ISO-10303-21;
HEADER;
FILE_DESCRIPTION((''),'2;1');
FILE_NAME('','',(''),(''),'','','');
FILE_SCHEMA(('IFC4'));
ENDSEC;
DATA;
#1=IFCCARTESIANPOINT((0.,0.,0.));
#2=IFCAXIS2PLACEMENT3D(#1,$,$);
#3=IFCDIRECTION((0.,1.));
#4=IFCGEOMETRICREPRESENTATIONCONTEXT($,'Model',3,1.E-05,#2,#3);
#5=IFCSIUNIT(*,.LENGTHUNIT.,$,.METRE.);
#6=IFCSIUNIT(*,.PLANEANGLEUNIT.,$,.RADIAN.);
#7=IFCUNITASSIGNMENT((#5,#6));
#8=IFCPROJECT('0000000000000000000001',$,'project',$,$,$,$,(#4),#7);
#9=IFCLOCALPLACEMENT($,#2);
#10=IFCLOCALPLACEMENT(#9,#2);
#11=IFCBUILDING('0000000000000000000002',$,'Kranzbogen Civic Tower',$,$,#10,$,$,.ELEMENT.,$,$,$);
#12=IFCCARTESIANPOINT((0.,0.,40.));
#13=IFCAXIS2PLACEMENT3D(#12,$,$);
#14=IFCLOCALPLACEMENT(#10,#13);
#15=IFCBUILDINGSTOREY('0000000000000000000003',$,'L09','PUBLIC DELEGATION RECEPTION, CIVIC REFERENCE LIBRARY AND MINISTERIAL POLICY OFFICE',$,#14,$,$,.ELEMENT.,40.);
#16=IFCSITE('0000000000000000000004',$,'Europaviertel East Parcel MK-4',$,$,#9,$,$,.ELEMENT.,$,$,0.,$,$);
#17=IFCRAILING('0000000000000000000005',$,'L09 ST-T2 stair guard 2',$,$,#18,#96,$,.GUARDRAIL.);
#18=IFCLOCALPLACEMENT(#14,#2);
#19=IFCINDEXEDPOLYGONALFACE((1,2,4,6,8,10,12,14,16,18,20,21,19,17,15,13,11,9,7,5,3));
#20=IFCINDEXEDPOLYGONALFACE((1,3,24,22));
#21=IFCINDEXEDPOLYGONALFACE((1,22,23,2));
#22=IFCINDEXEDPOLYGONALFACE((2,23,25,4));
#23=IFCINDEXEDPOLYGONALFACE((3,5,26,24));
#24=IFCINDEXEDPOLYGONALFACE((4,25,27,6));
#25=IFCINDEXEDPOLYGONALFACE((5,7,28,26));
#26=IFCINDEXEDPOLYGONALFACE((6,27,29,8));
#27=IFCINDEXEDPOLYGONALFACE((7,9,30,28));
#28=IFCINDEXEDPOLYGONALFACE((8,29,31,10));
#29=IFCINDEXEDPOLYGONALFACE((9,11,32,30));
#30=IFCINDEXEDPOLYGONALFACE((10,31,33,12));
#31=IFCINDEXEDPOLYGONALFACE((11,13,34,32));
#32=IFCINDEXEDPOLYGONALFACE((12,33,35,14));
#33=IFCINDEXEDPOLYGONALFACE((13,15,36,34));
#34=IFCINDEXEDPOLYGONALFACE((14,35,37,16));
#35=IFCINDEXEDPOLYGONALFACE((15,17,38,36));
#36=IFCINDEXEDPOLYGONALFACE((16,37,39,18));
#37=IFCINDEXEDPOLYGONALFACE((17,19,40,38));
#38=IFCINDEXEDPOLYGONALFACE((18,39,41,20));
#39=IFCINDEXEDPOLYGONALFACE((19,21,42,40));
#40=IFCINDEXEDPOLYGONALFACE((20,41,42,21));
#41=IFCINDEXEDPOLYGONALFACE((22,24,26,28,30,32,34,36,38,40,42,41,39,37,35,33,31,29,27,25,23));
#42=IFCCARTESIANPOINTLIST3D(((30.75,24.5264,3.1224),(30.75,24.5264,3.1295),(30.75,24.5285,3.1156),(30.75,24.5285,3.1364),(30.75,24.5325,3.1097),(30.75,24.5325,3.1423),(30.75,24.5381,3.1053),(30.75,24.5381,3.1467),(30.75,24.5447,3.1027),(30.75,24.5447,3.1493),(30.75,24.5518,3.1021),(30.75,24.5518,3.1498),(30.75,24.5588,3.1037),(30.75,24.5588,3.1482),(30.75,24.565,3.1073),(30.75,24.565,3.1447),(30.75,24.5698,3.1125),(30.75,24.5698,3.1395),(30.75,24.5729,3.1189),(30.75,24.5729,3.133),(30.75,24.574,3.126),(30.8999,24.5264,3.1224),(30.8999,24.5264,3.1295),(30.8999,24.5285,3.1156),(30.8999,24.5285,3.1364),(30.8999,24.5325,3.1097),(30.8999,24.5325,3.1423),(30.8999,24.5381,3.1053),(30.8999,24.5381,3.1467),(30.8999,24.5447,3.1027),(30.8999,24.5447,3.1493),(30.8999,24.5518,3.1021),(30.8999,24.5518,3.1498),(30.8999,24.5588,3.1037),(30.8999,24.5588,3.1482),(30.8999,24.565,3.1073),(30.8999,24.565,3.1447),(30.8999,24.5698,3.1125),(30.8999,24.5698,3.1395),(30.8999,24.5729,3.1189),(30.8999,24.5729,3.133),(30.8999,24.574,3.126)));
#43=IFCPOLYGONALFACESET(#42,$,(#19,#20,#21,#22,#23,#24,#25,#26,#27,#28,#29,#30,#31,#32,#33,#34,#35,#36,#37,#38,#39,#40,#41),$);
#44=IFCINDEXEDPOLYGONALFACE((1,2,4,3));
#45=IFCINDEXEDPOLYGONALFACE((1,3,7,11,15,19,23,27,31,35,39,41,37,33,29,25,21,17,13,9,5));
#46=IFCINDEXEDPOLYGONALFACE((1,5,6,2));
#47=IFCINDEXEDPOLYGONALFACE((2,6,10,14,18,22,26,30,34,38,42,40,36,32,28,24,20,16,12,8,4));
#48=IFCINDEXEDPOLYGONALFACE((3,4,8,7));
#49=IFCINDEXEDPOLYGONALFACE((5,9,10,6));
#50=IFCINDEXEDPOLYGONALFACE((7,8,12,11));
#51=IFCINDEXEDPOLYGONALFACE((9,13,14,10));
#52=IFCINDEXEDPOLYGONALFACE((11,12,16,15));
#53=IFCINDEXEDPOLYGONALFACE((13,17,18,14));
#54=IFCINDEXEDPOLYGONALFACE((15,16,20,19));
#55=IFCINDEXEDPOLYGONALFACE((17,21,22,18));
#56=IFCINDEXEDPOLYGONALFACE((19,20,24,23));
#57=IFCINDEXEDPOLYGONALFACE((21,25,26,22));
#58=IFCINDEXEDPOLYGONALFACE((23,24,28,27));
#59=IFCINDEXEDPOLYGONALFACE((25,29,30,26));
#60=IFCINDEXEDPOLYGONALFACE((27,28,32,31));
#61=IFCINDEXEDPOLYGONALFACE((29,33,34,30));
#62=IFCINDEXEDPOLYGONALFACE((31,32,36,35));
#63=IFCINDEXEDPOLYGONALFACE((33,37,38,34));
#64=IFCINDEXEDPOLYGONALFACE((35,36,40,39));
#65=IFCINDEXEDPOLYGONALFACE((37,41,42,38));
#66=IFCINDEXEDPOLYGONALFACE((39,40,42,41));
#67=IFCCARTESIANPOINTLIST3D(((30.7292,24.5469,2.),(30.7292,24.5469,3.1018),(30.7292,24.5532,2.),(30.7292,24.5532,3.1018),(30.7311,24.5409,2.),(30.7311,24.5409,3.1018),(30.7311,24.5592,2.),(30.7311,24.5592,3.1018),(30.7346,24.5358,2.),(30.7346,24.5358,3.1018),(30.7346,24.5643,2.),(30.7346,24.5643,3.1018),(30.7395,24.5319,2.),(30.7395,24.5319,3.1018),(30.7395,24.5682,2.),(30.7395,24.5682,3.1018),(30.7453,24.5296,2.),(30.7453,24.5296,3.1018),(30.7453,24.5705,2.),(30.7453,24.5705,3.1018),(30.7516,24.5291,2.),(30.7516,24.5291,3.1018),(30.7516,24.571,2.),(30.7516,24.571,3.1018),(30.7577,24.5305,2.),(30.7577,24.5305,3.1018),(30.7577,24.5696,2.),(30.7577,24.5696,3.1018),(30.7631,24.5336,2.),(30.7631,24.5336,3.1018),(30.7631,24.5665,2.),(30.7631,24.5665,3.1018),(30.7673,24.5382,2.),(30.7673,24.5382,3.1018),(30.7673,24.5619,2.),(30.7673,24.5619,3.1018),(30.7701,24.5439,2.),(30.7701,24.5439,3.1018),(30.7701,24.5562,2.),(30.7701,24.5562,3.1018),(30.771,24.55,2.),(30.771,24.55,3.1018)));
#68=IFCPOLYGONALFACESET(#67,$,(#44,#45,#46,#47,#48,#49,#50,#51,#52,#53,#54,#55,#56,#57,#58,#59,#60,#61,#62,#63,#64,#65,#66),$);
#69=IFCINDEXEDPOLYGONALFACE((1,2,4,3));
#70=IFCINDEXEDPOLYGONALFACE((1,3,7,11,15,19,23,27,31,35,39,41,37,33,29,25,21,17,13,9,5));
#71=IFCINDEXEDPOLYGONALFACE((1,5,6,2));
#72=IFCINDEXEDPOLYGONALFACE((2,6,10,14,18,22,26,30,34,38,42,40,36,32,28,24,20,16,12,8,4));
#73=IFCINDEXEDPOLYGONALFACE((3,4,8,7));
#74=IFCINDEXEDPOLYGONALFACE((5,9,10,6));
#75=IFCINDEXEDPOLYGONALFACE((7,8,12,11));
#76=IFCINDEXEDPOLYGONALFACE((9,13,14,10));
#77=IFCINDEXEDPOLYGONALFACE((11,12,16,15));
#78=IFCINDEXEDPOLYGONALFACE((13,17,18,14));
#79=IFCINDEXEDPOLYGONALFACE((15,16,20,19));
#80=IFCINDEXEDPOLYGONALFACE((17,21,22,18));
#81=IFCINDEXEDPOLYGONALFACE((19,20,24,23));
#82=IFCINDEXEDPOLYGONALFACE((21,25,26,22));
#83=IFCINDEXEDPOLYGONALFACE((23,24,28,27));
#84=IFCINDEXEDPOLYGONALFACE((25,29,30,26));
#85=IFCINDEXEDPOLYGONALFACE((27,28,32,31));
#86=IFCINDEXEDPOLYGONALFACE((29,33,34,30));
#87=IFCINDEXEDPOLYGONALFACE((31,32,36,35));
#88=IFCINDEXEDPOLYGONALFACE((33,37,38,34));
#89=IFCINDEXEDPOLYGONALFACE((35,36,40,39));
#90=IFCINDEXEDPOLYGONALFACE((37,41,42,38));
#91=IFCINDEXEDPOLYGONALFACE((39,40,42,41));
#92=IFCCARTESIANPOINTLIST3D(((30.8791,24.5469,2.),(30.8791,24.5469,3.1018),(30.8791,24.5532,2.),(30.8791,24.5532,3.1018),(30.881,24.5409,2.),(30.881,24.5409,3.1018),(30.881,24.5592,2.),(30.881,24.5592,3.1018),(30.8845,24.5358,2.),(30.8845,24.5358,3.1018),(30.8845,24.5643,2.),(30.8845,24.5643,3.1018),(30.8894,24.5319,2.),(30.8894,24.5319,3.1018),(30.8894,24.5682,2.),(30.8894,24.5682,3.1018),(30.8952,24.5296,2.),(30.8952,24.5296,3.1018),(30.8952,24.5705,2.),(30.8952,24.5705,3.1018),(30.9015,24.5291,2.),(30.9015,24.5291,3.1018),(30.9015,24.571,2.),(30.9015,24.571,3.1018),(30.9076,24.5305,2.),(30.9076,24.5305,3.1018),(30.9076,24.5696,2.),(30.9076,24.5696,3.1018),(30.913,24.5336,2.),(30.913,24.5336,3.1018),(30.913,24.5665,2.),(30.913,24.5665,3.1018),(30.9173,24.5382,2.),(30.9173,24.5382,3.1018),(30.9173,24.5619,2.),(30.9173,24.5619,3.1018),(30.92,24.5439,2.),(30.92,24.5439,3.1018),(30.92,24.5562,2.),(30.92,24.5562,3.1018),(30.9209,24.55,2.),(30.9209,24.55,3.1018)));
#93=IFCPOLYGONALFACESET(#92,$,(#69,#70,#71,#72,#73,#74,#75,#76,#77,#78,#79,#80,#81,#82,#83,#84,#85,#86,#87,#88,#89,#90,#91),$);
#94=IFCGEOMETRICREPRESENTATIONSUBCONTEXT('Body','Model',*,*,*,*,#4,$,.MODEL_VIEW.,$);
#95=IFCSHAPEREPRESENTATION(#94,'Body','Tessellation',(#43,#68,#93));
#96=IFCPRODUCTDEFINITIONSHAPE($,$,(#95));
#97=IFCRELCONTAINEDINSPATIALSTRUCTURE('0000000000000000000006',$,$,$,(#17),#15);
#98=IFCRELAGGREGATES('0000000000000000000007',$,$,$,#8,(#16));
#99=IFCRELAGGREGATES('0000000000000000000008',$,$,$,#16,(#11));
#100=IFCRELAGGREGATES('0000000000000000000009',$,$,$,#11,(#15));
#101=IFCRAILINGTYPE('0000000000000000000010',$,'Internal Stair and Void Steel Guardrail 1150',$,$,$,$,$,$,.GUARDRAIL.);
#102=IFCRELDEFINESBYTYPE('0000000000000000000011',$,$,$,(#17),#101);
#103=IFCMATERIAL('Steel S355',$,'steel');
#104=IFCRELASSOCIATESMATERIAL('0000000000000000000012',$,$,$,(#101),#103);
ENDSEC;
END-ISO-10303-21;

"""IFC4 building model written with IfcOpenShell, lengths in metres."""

from ifc_helpers import new_model, si_unit, direction, frame, origin, origin_2d, place, context, subcontext, project, spatial, circle, extrude, material, type_object, element, save


model = new_model("IFC4")

# Units and contexts
model_context = context("Model", 3, precision=1e-05, world=origin(), true_north=direction((0.0, 1.0)))
body_context = subcontext(model_context, "Body", "Model", "MODEL_VIEW")
ifc_project = project(units=[si_unit("LENGTHUNIT", "METRE"), si_unit("PLANEANGLEUNIT", "RADIAN")], contexts=[model_context])

# Site, building, storey
site_placement = place(None, origin())
site = spatial("IfcSite", under=ifc_project, at=site_placement, Name="Europaviertel East Parcel MK-4", CompositionType="ELEMENT", RefElevation=0.0)
building_placement = place(site_placement, origin())
building = spatial("IfcBuilding", under=site, at=building_placement, Name="Kranzbogen Civic Tower", CompositionType="ELEMENT")
storey_placement = place(building_placement, frame((0.0, 0.0, 40.0)))
storey = spatial("IfcBuildingStorey", under=building, at=storey_placement, Name="L09", Description="PUBLIC DELEGATION RECEPTION, CIVIC REFERENCE LIBRARY AND MINISTERIAL POLICY OFFICE", CompositionType="ELEMENT", Elevation=40.0)

# Shared definitions
ifc_material_1 = material(Name="Steel S355", Category="steel")

# Railing
railing_type_1 = type_object("IfcRailingType", Name="Internal Stair and Void Steel Guardrail 1150", PredefinedType="GUARDRAIL", material=ifc_material_1)
railing_1_placement = place(storey_placement, frame((30.75, 24.55, 2.0)))
element("IfcRailing", 1, at=railing_1_placement, inside=storey, type_object=railing_type_1, Name="L09 ST-T2 stair guard 2", PredefinedType="GUARDRAIL", context=body_context, shape_type="SweptSolid", body=[
    extrude(circle(Radius=0.0239, at=origin_2d()), frame((0.0, 0.0, 1.126), z_axis=(1.0, 0.0, 0.0), x_axis=(0.0, 1.0, 0.0)), (0.0, 0.0, 1.0), 0.1499),
    extrude(circle(Radius=0.021, at=origin_2d()), origin(), (0.0, 0.0, 1.0), 1.1018),
    extrude(circle(Radius=0.021, at=origin_2d()), frame((0.1499, 0.0, 0.0)), (0.0, 0.0, 1.0), 1.1018),
])

save(model, "model.ifc")
